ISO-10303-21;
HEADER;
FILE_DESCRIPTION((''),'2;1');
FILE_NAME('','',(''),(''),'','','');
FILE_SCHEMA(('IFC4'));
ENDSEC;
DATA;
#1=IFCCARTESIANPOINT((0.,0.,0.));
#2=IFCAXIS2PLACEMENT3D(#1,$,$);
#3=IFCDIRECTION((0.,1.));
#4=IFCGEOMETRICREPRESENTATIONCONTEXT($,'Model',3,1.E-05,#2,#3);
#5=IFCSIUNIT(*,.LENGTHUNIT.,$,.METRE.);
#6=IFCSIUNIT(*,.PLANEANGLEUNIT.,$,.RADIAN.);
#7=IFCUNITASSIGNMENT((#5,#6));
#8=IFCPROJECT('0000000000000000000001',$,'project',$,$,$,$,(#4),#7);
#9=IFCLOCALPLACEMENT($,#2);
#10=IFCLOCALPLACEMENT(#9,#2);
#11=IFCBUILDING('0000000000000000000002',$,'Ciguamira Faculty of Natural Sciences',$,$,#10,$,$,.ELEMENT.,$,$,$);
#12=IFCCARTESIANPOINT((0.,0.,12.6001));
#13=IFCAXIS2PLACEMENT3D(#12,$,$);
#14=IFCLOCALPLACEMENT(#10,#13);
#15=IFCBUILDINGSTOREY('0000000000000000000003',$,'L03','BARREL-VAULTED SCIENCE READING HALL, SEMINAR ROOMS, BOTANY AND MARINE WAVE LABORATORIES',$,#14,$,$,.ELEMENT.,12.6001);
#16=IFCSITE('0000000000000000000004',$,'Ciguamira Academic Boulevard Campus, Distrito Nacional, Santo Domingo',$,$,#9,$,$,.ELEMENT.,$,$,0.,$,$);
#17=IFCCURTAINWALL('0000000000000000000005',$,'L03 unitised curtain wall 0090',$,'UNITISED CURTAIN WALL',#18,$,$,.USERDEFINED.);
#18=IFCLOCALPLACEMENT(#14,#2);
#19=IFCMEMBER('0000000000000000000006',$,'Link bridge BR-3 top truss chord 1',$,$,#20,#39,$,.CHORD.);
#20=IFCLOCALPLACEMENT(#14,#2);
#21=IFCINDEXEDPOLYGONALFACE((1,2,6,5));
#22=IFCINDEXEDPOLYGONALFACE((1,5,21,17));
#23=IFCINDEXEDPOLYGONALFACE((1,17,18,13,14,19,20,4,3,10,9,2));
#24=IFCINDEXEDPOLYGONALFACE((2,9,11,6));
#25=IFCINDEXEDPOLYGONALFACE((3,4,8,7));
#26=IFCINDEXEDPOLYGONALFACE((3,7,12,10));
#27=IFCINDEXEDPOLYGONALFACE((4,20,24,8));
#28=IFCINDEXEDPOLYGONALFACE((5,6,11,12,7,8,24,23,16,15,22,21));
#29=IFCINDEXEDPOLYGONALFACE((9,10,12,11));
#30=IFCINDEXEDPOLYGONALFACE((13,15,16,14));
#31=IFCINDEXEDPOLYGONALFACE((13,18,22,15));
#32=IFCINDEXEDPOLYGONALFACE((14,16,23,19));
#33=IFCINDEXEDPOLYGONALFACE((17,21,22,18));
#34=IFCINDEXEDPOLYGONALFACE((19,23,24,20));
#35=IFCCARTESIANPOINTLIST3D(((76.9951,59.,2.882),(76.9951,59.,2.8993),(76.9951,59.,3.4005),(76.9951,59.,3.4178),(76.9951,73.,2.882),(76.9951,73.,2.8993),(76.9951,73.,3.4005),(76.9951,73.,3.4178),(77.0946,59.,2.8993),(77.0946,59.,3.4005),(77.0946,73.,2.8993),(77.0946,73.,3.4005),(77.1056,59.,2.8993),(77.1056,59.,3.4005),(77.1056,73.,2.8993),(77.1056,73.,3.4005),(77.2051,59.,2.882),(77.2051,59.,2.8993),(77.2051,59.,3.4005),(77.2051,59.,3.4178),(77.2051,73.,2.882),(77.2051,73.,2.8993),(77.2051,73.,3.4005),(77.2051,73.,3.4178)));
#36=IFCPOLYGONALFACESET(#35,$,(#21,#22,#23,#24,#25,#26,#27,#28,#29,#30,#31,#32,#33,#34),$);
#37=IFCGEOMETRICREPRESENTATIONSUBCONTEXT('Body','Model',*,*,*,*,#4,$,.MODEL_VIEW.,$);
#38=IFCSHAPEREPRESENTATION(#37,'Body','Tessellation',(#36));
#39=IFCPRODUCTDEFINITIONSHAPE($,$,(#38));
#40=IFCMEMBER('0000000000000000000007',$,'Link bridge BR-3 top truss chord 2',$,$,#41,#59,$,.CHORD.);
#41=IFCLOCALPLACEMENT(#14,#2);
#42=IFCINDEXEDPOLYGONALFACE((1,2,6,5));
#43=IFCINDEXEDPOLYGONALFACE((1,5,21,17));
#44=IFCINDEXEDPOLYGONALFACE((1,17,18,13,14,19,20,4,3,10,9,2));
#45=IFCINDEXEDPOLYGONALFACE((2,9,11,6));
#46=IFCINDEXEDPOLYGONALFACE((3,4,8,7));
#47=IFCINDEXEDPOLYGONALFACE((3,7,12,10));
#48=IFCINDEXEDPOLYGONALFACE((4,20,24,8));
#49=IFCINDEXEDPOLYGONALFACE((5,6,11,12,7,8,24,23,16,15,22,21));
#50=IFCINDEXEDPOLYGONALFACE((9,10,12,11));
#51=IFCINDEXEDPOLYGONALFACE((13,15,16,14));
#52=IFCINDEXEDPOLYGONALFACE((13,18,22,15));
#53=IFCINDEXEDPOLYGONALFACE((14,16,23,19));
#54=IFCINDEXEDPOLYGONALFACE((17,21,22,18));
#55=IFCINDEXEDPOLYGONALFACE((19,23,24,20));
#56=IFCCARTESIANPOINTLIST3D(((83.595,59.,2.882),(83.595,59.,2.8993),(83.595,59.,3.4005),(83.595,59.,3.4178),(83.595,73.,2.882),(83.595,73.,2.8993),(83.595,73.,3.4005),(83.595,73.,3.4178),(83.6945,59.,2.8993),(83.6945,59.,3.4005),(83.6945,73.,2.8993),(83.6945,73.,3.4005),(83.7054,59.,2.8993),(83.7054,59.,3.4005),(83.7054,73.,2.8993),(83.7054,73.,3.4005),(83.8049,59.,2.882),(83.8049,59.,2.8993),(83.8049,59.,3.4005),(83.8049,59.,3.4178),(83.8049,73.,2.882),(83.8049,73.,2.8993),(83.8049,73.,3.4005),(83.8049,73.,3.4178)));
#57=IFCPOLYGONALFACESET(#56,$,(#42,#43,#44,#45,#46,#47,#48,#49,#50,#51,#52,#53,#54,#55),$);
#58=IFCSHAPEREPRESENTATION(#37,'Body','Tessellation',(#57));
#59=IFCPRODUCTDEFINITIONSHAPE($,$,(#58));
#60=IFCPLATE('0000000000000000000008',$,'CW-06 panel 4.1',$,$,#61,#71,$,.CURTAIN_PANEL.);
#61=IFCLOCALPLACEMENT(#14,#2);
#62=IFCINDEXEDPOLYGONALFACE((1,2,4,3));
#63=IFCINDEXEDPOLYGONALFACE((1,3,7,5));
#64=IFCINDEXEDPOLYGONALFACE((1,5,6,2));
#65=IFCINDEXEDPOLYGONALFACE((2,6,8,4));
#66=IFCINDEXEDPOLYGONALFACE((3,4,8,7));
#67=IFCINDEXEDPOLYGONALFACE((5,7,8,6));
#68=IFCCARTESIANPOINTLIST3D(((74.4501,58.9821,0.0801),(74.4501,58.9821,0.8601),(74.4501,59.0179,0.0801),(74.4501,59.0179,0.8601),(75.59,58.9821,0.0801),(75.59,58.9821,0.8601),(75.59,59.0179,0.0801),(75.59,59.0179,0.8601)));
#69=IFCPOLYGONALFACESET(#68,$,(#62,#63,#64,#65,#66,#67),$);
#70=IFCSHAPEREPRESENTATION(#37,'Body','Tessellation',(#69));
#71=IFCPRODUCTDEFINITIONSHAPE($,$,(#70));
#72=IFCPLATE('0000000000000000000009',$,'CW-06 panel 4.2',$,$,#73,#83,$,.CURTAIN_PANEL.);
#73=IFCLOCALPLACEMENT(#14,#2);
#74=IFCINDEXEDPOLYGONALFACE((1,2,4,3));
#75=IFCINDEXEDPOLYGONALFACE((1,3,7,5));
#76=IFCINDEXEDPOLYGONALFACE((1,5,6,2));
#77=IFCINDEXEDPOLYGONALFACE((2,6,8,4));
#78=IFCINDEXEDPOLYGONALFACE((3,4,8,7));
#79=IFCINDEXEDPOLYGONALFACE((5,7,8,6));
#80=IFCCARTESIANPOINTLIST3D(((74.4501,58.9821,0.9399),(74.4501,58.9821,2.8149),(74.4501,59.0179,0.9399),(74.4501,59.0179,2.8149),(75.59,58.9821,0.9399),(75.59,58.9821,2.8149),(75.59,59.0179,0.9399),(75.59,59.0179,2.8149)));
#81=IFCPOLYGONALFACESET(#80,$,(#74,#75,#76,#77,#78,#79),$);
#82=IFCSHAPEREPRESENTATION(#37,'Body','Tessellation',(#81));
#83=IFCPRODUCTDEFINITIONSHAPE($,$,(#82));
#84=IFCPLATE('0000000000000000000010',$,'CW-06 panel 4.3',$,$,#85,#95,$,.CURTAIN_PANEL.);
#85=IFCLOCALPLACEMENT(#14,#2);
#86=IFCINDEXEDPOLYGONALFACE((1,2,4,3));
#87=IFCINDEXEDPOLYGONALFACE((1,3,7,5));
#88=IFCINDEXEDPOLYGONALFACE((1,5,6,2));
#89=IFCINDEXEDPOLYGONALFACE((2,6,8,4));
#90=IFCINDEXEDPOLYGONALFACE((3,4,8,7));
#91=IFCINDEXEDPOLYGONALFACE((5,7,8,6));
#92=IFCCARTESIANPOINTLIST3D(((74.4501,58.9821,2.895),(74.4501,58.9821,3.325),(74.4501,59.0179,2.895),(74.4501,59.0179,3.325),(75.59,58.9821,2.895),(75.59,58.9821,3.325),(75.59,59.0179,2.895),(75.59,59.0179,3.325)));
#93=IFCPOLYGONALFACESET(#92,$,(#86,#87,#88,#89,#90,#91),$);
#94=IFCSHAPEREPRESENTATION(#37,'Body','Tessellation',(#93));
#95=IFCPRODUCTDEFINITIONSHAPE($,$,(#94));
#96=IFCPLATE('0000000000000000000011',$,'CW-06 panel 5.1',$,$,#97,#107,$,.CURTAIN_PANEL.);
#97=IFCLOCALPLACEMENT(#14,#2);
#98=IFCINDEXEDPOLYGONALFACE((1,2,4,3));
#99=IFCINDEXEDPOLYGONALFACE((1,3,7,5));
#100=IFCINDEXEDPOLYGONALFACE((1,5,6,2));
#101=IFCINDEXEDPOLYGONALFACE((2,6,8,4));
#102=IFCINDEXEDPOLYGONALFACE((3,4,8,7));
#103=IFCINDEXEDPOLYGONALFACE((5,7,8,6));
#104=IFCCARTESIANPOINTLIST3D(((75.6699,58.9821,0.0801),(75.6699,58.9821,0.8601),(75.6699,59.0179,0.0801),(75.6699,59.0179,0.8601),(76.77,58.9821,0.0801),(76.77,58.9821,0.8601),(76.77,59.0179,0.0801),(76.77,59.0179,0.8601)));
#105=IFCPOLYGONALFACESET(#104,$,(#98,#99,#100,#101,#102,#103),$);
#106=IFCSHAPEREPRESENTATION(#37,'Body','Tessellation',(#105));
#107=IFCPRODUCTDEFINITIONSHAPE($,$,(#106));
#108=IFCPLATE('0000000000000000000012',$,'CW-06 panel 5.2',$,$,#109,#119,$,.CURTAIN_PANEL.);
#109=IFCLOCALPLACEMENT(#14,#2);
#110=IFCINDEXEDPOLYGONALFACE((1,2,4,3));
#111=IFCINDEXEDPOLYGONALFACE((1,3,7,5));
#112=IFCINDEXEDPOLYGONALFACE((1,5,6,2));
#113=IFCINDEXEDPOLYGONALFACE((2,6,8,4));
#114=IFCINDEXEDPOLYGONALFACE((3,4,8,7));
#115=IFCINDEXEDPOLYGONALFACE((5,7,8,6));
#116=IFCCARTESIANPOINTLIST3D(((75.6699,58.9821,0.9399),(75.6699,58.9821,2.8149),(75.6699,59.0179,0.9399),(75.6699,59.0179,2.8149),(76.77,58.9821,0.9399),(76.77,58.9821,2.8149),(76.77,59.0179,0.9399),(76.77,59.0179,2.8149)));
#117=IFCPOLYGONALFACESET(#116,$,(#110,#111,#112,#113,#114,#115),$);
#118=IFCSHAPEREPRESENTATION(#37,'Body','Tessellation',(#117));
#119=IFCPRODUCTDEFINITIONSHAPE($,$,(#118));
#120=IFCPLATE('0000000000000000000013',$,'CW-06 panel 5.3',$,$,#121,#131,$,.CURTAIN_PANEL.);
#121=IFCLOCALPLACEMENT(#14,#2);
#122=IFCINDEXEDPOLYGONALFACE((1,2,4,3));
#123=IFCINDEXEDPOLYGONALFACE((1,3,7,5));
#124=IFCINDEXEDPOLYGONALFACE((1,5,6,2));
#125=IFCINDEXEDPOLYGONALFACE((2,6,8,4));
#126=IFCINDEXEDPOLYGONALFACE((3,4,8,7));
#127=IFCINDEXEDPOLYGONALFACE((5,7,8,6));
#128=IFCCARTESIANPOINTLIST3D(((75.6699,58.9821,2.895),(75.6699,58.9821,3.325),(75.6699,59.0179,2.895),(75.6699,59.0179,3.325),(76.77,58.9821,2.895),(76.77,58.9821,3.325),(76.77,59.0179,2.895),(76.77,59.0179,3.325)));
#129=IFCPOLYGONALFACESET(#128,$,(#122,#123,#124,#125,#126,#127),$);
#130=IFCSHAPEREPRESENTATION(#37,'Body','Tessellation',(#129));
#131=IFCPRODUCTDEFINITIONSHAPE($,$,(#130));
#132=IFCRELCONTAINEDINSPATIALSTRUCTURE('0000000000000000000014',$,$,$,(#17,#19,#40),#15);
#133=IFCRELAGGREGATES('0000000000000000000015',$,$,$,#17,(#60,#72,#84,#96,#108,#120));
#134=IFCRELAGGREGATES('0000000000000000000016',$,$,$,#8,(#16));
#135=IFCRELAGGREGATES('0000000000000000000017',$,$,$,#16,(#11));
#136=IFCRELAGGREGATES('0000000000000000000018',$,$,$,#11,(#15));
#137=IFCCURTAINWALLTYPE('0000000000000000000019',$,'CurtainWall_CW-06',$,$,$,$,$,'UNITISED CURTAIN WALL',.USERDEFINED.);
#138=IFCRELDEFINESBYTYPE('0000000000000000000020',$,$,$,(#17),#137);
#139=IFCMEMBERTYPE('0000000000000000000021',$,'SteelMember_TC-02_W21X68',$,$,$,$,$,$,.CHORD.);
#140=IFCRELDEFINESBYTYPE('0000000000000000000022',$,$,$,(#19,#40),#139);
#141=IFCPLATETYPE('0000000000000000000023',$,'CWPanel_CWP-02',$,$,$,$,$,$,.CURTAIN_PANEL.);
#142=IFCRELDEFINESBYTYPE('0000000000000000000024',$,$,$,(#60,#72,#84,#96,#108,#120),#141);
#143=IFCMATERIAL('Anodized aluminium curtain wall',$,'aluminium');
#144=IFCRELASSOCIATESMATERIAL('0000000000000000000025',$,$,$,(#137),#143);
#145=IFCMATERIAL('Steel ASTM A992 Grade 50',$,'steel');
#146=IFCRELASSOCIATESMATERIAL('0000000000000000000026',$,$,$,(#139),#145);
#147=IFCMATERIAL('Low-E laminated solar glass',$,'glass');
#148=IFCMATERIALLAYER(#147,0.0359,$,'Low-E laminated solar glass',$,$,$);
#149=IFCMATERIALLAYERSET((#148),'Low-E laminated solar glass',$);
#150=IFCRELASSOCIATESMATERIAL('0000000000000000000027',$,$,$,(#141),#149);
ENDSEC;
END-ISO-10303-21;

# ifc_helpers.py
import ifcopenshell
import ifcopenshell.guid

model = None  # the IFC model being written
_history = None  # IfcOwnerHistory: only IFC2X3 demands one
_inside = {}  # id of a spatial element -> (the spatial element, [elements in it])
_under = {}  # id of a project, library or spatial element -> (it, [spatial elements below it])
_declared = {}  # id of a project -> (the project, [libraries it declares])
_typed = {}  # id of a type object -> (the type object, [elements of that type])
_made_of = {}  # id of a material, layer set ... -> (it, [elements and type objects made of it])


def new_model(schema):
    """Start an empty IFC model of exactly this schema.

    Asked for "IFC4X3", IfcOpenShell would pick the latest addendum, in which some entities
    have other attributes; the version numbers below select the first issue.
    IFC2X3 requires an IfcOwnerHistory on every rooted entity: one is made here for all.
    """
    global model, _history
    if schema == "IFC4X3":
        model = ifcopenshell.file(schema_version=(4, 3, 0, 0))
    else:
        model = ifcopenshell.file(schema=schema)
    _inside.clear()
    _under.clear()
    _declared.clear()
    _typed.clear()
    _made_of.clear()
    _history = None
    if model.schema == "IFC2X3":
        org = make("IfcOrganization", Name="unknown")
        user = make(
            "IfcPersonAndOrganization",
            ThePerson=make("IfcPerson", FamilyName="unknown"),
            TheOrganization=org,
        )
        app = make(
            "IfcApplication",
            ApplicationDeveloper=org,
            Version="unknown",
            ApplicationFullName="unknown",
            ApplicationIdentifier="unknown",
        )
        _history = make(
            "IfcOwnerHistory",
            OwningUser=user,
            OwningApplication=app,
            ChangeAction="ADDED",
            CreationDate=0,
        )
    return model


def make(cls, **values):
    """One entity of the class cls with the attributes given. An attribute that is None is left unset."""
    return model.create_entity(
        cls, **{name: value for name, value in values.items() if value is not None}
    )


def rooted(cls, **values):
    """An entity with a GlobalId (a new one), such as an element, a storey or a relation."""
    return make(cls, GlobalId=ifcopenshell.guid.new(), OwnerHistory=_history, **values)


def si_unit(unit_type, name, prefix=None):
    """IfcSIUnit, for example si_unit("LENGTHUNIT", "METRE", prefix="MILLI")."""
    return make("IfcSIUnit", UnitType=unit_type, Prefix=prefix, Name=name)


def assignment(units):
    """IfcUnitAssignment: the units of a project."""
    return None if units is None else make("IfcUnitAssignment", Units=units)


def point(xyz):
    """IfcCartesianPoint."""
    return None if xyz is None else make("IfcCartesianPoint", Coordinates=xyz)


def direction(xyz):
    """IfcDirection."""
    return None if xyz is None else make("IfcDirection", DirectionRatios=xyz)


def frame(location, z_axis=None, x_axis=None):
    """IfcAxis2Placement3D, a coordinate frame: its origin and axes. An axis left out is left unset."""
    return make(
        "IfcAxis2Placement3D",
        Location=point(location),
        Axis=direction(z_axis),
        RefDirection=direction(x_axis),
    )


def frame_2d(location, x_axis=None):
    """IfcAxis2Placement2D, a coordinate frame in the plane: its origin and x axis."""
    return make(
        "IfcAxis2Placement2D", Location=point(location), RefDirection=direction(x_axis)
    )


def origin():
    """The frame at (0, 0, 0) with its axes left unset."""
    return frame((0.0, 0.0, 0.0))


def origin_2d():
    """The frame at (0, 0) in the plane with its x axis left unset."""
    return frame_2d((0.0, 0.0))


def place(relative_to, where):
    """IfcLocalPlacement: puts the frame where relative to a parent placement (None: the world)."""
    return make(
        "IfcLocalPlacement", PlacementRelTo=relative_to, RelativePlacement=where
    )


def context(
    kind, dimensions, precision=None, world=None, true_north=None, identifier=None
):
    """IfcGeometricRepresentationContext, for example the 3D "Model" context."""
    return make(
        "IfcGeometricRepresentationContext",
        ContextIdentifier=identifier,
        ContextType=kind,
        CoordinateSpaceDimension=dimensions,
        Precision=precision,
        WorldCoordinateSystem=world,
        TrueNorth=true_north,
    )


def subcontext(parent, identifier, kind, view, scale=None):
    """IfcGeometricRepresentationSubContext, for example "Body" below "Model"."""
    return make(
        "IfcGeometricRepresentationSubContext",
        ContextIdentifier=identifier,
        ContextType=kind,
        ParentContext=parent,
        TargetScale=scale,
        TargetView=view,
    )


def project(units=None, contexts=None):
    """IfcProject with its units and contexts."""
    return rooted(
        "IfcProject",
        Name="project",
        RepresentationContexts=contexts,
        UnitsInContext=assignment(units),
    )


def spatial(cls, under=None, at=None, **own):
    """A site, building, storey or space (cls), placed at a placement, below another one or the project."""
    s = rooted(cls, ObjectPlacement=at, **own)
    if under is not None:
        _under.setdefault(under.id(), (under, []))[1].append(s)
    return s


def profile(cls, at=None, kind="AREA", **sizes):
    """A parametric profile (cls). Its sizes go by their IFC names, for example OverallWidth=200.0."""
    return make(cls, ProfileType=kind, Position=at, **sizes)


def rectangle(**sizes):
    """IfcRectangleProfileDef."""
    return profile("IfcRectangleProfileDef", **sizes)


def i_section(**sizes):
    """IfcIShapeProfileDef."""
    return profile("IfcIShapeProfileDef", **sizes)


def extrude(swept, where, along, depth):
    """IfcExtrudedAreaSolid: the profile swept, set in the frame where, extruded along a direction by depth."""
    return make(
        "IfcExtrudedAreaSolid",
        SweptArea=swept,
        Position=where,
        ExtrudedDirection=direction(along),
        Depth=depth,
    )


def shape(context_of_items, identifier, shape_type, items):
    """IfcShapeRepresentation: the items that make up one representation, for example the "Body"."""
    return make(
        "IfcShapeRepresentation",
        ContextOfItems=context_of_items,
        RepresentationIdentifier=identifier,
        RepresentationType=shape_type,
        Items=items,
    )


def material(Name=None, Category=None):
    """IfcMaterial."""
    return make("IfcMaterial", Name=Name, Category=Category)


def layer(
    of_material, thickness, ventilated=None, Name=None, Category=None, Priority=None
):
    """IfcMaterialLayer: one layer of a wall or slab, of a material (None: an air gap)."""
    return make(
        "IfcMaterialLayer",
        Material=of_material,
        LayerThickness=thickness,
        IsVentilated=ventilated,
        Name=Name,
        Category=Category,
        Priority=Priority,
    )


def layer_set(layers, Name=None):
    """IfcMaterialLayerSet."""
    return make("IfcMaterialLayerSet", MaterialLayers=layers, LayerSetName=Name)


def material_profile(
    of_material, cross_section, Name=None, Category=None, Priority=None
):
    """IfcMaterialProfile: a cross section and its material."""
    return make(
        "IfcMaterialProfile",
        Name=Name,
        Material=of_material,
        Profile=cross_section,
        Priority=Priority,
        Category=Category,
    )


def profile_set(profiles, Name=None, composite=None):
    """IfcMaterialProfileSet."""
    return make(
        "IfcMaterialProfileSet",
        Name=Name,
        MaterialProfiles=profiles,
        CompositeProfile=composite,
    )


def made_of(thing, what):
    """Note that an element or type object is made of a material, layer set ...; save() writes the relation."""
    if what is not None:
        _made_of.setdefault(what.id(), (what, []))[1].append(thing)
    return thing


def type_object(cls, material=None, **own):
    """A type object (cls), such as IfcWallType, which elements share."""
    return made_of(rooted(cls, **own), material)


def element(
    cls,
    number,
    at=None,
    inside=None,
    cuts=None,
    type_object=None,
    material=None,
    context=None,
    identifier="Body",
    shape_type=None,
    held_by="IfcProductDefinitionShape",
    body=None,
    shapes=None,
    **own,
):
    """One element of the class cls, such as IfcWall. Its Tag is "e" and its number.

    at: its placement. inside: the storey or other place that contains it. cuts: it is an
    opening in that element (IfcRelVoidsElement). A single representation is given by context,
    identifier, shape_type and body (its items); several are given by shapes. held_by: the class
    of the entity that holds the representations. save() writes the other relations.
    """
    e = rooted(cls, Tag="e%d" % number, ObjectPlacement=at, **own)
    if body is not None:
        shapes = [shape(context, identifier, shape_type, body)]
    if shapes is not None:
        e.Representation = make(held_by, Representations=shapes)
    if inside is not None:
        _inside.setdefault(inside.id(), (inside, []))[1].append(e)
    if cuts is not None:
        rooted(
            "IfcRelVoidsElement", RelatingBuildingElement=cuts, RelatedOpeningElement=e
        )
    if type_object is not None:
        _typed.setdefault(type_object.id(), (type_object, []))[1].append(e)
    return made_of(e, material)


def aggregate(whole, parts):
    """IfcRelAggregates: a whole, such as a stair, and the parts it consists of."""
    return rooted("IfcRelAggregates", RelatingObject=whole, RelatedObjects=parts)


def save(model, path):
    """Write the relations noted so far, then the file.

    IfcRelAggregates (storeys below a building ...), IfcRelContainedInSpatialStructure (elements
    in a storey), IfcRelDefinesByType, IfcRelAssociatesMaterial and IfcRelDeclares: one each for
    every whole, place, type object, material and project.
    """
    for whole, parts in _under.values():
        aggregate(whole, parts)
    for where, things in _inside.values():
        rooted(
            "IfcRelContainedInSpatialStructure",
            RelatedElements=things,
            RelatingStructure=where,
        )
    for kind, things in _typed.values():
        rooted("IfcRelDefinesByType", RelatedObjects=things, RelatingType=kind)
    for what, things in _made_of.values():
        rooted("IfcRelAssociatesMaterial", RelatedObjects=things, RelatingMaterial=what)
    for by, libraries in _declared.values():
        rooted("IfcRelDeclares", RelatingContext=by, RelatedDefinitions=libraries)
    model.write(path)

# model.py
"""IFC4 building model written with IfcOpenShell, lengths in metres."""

from ifc_helpers import new_model, si_unit, direction, frame, origin, origin_2d, place, context, subcontext, project, spatial, rectangle, i_section, extrude, material, layer, layer_set, material_profile, profile_set, type_object, element, aggregate, save


model = new_model("IFC4")

# Units and contexts
model_context = context("Model", 3, precision=1e-05, world=origin(), true_north=direction((0.0, 1.0)))
body_context = subcontext(model_context, "Body", "Model", "MODEL_VIEW")
ifc_project = project(units=[si_unit("LENGTHUNIT", "METRE"), si_unit("PLANEANGLEUNIT", "RADIAN")], contexts=[model_context])

# Site, building, storey
site_placement = place(None, origin())
site = spatial("IfcSite", under=ifc_project, at=site_placement, Name="Ciguamira Academic Boulevard Campus, Distrito Nacional, Santo Domingo", CompositionType="ELEMENT", RefElevation=0.0)
building_placement = place(site_placement, origin())
building = spatial("IfcBuilding", under=site, at=building_placement, Name="Ciguamira Faculty of Natural Sciences", CompositionType="ELEMENT")
storey_placement = place(building_placement, frame((0.0, 0.0, 12.6001)))
storey = spatial("IfcBuildingStorey", under=building, at=storey_placement, Name="L03", Description="BARREL-VAULTED SCIENCE READING HALL, SEMINAR ROOMS, BOTANY AND MARINE WAVE LABORATORIES", CompositionType="ELEMENT", Elevation=12.6001)

# Curtain wall
ifc_material_1 = material(Name="Anodized aluminium curtain wall", Category="aluminium")
curtain_wall_type = type_object("IfcCurtainWallType", Name="CurtainWall_CW-06", ElementType="UNITISED CURTAIN WALL", PredefinedType="USERDEFINED", material=ifc_material_1)
curtain_wall_placement = place(storey_placement, origin())
curtain_wall = element("IfcCurtainWall", 1, at=curtain_wall_placement, inside=storey, type_object=curtain_wall_type, Name="L03 unitised curtain wall 0090", ObjectType="UNITISED CURTAIN WALL", PredefinedType="USERDEFINED")

# Members
ifc_material_2 = material(Name="Steel ASTM A992 Grade 50", Category="steel")
ifc_material_profile_1 = material_profile(ifc_material_2, i_section(OverallWidth=0.21, OverallDepth=0.5359, WebThickness=0.011, FlangeThickness=0.0173, at=origin_2d()), Name="W21X68")
ifc_profile_set_1 = profile_set([ifc_material_profile_1], Name="Steel ASTM A992 Grade 50")
member_type_1 = type_object("IfcMemberType", Name="SteelMember_TC-02_W21X68", PredefinedType="CHORD", material=ifc_profile_set_1)
for number, where, z_axis, x_axis, name in (
    (2, (77.1001, 59.0, 3.1499), (0.0, 1.0, 0.0), (-1.0, 0.0, 0.0), "Link bridge BR-3 top truss chord 1"),
    (3, (83.7, 59.0, 3.1499), (0.0, 1.0, 0.0), (-1.0, 0.0, 0.0), "Link bridge BR-3 top truss chord 2"),
):
    element("IfcMember", number, at=place(storey_placement, frame(where, z_axis=z_axis, x_axis=x_axis)), inside=storey, type_object=member_type_1, Name=name, PredefinedType="CHORD", context=body_context, shape_type="SweptSolid", body=[
        extrude(i_section(OverallWidth=0.21, OverallDepth=0.5359, WebThickness=0.011, FlangeThickness=0.0173, at=origin_2d()), origin(), (0.0, 0.0, 1.0), 14.0),
    ])

# Plates
ifc_material_3 = material(Name="Low-E laminated solar glass", Category="glass")
ifc_layer_1 = layer(ifc_material_3, 0.0359, Name="Low-E laminated solar glass")
ifc_layer_set_1 = layer_set([ifc_layer_1], Name="Low-E laminated solar glass")
plate_type = type_object("IfcPlateType", Name="CWPanel_CWP-02", PredefinedType="CURTAIN_PANEL", material=ifc_layer_set_1)
plate_1_placement = place(storey_placement, frame((75.02, 59.0, 0.0801), z_axis=(0.0, 0.0, 1.0), x_axis=(1.0, 0.0, 0.0)))
plate_1 = element("IfcPlate", 4, at=plate_1_placement, type_object=plate_type, Name="CW-06 panel 4.1", PredefinedType="CURTAIN_PANEL", context=body_context, shape_type="SweptSolid", body=[
    extrude(rectangle(XDim=1.1399, YDim=0.0359, at=origin_2d()), origin(), (0.0, 0.0, 1.0), 0.78),
])
plate_2_placement = place(storey_placement, frame((75.02, 59.0, 0.9399), z_axis=(0.0, 0.0, 1.0), x_axis=(1.0, 0.0, 0.0)))
plate_2 = element("IfcPlate", 5, at=plate_2_placement, type_object=plate_type, Name="CW-06 panel 4.2", PredefinedType="CURTAIN_PANEL", context=body_context, shape_type="SweptSolid", body=[
    extrude(rectangle(XDim=1.1399, YDim=0.0359, at=origin_2d()), origin(), (0.0, 0.0, 1.0), 1.875),
])
plate_3_placement = place(storey_placement, frame((75.02, 59.0, 2.895), z_axis=(0.0, 0.0, 1.0), x_axis=(1.0, 0.0, 0.0)))
plate_3 = element("IfcPlate", 6, at=plate_3_placement, type_object=plate_type, Name="CW-06 panel 4.3", PredefinedType="CURTAIN_PANEL", context=body_context, shape_type="SweptSolid", body=[
    extrude(rectangle(XDim=1.1399, YDim=0.0359, at=origin_2d()), origin(), (0.0, 0.0, 1.0), 0.4299),
])
plate_4_placement = place(storey_placement, frame((76.22, 59.0, 0.0801), z_axis=(0.0, 0.0, 1.0), x_axis=(1.0, 0.0, 0.0)))
plate_4 = element("IfcPlate", 7, at=plate_4_placement, type_object=plate_type, Name="CW-06 panel 5.1", PredefinedType="CURTAIN_PANEL", context=body_context, shape_type="SweptSolid", body=[
    extrude(rectangle(XDim=1.1001, YDim=0.0359, at=origin_2d()), origin(), (0.0, 0.0, 1.0), 0.78),
])
plate_5_placement = place(storey_placement, frame((76.22, 59.0, 0.9399), z_axis=(0.0, 0.0, 1.0), x_axis=(1.0, 0.0, 0.0)))
plate_5 = element("IfcPlate", 8, at=plate_5_placement, type_object=plate_type, Name="CW-06 panel 5.2", PredefinedType="CURTAIN_PANEL", context=body_context, shape_type="SweptSolid", body=[
    extrude(rectangle(XDim=1.1001, YDim=0.0359, at=origin_2d()), origin(), (0.0, 0.0, 1.0), 1.875),
])
plate_6_placement = place(storey_placement, frame((76.22, 59.0, 2.895), z_axis=(0.0, 0.0, 1.0), x_axis=(1.0, 0.0, 0.0)))
plate_6 = element("IfcPlate", 9, at=plate_6_placement, type_object=plate_type, Name="CW-06 panel 5.3", PredefinedType="CURTAIN_PANEL", context=body_context, shape_type="SweptSolid", body=[
    extrude(rectangle(XDim=1.1001, YDim=0.0359, at=origin_2d()), origin(), (0.0, 0.0, 1.0), 0.4299),
])
aggregate(curtain_wall, [plate_1, plate_2, plate_3, plate_4, plate_5, plate_6])

save(model, "model.ifc")
